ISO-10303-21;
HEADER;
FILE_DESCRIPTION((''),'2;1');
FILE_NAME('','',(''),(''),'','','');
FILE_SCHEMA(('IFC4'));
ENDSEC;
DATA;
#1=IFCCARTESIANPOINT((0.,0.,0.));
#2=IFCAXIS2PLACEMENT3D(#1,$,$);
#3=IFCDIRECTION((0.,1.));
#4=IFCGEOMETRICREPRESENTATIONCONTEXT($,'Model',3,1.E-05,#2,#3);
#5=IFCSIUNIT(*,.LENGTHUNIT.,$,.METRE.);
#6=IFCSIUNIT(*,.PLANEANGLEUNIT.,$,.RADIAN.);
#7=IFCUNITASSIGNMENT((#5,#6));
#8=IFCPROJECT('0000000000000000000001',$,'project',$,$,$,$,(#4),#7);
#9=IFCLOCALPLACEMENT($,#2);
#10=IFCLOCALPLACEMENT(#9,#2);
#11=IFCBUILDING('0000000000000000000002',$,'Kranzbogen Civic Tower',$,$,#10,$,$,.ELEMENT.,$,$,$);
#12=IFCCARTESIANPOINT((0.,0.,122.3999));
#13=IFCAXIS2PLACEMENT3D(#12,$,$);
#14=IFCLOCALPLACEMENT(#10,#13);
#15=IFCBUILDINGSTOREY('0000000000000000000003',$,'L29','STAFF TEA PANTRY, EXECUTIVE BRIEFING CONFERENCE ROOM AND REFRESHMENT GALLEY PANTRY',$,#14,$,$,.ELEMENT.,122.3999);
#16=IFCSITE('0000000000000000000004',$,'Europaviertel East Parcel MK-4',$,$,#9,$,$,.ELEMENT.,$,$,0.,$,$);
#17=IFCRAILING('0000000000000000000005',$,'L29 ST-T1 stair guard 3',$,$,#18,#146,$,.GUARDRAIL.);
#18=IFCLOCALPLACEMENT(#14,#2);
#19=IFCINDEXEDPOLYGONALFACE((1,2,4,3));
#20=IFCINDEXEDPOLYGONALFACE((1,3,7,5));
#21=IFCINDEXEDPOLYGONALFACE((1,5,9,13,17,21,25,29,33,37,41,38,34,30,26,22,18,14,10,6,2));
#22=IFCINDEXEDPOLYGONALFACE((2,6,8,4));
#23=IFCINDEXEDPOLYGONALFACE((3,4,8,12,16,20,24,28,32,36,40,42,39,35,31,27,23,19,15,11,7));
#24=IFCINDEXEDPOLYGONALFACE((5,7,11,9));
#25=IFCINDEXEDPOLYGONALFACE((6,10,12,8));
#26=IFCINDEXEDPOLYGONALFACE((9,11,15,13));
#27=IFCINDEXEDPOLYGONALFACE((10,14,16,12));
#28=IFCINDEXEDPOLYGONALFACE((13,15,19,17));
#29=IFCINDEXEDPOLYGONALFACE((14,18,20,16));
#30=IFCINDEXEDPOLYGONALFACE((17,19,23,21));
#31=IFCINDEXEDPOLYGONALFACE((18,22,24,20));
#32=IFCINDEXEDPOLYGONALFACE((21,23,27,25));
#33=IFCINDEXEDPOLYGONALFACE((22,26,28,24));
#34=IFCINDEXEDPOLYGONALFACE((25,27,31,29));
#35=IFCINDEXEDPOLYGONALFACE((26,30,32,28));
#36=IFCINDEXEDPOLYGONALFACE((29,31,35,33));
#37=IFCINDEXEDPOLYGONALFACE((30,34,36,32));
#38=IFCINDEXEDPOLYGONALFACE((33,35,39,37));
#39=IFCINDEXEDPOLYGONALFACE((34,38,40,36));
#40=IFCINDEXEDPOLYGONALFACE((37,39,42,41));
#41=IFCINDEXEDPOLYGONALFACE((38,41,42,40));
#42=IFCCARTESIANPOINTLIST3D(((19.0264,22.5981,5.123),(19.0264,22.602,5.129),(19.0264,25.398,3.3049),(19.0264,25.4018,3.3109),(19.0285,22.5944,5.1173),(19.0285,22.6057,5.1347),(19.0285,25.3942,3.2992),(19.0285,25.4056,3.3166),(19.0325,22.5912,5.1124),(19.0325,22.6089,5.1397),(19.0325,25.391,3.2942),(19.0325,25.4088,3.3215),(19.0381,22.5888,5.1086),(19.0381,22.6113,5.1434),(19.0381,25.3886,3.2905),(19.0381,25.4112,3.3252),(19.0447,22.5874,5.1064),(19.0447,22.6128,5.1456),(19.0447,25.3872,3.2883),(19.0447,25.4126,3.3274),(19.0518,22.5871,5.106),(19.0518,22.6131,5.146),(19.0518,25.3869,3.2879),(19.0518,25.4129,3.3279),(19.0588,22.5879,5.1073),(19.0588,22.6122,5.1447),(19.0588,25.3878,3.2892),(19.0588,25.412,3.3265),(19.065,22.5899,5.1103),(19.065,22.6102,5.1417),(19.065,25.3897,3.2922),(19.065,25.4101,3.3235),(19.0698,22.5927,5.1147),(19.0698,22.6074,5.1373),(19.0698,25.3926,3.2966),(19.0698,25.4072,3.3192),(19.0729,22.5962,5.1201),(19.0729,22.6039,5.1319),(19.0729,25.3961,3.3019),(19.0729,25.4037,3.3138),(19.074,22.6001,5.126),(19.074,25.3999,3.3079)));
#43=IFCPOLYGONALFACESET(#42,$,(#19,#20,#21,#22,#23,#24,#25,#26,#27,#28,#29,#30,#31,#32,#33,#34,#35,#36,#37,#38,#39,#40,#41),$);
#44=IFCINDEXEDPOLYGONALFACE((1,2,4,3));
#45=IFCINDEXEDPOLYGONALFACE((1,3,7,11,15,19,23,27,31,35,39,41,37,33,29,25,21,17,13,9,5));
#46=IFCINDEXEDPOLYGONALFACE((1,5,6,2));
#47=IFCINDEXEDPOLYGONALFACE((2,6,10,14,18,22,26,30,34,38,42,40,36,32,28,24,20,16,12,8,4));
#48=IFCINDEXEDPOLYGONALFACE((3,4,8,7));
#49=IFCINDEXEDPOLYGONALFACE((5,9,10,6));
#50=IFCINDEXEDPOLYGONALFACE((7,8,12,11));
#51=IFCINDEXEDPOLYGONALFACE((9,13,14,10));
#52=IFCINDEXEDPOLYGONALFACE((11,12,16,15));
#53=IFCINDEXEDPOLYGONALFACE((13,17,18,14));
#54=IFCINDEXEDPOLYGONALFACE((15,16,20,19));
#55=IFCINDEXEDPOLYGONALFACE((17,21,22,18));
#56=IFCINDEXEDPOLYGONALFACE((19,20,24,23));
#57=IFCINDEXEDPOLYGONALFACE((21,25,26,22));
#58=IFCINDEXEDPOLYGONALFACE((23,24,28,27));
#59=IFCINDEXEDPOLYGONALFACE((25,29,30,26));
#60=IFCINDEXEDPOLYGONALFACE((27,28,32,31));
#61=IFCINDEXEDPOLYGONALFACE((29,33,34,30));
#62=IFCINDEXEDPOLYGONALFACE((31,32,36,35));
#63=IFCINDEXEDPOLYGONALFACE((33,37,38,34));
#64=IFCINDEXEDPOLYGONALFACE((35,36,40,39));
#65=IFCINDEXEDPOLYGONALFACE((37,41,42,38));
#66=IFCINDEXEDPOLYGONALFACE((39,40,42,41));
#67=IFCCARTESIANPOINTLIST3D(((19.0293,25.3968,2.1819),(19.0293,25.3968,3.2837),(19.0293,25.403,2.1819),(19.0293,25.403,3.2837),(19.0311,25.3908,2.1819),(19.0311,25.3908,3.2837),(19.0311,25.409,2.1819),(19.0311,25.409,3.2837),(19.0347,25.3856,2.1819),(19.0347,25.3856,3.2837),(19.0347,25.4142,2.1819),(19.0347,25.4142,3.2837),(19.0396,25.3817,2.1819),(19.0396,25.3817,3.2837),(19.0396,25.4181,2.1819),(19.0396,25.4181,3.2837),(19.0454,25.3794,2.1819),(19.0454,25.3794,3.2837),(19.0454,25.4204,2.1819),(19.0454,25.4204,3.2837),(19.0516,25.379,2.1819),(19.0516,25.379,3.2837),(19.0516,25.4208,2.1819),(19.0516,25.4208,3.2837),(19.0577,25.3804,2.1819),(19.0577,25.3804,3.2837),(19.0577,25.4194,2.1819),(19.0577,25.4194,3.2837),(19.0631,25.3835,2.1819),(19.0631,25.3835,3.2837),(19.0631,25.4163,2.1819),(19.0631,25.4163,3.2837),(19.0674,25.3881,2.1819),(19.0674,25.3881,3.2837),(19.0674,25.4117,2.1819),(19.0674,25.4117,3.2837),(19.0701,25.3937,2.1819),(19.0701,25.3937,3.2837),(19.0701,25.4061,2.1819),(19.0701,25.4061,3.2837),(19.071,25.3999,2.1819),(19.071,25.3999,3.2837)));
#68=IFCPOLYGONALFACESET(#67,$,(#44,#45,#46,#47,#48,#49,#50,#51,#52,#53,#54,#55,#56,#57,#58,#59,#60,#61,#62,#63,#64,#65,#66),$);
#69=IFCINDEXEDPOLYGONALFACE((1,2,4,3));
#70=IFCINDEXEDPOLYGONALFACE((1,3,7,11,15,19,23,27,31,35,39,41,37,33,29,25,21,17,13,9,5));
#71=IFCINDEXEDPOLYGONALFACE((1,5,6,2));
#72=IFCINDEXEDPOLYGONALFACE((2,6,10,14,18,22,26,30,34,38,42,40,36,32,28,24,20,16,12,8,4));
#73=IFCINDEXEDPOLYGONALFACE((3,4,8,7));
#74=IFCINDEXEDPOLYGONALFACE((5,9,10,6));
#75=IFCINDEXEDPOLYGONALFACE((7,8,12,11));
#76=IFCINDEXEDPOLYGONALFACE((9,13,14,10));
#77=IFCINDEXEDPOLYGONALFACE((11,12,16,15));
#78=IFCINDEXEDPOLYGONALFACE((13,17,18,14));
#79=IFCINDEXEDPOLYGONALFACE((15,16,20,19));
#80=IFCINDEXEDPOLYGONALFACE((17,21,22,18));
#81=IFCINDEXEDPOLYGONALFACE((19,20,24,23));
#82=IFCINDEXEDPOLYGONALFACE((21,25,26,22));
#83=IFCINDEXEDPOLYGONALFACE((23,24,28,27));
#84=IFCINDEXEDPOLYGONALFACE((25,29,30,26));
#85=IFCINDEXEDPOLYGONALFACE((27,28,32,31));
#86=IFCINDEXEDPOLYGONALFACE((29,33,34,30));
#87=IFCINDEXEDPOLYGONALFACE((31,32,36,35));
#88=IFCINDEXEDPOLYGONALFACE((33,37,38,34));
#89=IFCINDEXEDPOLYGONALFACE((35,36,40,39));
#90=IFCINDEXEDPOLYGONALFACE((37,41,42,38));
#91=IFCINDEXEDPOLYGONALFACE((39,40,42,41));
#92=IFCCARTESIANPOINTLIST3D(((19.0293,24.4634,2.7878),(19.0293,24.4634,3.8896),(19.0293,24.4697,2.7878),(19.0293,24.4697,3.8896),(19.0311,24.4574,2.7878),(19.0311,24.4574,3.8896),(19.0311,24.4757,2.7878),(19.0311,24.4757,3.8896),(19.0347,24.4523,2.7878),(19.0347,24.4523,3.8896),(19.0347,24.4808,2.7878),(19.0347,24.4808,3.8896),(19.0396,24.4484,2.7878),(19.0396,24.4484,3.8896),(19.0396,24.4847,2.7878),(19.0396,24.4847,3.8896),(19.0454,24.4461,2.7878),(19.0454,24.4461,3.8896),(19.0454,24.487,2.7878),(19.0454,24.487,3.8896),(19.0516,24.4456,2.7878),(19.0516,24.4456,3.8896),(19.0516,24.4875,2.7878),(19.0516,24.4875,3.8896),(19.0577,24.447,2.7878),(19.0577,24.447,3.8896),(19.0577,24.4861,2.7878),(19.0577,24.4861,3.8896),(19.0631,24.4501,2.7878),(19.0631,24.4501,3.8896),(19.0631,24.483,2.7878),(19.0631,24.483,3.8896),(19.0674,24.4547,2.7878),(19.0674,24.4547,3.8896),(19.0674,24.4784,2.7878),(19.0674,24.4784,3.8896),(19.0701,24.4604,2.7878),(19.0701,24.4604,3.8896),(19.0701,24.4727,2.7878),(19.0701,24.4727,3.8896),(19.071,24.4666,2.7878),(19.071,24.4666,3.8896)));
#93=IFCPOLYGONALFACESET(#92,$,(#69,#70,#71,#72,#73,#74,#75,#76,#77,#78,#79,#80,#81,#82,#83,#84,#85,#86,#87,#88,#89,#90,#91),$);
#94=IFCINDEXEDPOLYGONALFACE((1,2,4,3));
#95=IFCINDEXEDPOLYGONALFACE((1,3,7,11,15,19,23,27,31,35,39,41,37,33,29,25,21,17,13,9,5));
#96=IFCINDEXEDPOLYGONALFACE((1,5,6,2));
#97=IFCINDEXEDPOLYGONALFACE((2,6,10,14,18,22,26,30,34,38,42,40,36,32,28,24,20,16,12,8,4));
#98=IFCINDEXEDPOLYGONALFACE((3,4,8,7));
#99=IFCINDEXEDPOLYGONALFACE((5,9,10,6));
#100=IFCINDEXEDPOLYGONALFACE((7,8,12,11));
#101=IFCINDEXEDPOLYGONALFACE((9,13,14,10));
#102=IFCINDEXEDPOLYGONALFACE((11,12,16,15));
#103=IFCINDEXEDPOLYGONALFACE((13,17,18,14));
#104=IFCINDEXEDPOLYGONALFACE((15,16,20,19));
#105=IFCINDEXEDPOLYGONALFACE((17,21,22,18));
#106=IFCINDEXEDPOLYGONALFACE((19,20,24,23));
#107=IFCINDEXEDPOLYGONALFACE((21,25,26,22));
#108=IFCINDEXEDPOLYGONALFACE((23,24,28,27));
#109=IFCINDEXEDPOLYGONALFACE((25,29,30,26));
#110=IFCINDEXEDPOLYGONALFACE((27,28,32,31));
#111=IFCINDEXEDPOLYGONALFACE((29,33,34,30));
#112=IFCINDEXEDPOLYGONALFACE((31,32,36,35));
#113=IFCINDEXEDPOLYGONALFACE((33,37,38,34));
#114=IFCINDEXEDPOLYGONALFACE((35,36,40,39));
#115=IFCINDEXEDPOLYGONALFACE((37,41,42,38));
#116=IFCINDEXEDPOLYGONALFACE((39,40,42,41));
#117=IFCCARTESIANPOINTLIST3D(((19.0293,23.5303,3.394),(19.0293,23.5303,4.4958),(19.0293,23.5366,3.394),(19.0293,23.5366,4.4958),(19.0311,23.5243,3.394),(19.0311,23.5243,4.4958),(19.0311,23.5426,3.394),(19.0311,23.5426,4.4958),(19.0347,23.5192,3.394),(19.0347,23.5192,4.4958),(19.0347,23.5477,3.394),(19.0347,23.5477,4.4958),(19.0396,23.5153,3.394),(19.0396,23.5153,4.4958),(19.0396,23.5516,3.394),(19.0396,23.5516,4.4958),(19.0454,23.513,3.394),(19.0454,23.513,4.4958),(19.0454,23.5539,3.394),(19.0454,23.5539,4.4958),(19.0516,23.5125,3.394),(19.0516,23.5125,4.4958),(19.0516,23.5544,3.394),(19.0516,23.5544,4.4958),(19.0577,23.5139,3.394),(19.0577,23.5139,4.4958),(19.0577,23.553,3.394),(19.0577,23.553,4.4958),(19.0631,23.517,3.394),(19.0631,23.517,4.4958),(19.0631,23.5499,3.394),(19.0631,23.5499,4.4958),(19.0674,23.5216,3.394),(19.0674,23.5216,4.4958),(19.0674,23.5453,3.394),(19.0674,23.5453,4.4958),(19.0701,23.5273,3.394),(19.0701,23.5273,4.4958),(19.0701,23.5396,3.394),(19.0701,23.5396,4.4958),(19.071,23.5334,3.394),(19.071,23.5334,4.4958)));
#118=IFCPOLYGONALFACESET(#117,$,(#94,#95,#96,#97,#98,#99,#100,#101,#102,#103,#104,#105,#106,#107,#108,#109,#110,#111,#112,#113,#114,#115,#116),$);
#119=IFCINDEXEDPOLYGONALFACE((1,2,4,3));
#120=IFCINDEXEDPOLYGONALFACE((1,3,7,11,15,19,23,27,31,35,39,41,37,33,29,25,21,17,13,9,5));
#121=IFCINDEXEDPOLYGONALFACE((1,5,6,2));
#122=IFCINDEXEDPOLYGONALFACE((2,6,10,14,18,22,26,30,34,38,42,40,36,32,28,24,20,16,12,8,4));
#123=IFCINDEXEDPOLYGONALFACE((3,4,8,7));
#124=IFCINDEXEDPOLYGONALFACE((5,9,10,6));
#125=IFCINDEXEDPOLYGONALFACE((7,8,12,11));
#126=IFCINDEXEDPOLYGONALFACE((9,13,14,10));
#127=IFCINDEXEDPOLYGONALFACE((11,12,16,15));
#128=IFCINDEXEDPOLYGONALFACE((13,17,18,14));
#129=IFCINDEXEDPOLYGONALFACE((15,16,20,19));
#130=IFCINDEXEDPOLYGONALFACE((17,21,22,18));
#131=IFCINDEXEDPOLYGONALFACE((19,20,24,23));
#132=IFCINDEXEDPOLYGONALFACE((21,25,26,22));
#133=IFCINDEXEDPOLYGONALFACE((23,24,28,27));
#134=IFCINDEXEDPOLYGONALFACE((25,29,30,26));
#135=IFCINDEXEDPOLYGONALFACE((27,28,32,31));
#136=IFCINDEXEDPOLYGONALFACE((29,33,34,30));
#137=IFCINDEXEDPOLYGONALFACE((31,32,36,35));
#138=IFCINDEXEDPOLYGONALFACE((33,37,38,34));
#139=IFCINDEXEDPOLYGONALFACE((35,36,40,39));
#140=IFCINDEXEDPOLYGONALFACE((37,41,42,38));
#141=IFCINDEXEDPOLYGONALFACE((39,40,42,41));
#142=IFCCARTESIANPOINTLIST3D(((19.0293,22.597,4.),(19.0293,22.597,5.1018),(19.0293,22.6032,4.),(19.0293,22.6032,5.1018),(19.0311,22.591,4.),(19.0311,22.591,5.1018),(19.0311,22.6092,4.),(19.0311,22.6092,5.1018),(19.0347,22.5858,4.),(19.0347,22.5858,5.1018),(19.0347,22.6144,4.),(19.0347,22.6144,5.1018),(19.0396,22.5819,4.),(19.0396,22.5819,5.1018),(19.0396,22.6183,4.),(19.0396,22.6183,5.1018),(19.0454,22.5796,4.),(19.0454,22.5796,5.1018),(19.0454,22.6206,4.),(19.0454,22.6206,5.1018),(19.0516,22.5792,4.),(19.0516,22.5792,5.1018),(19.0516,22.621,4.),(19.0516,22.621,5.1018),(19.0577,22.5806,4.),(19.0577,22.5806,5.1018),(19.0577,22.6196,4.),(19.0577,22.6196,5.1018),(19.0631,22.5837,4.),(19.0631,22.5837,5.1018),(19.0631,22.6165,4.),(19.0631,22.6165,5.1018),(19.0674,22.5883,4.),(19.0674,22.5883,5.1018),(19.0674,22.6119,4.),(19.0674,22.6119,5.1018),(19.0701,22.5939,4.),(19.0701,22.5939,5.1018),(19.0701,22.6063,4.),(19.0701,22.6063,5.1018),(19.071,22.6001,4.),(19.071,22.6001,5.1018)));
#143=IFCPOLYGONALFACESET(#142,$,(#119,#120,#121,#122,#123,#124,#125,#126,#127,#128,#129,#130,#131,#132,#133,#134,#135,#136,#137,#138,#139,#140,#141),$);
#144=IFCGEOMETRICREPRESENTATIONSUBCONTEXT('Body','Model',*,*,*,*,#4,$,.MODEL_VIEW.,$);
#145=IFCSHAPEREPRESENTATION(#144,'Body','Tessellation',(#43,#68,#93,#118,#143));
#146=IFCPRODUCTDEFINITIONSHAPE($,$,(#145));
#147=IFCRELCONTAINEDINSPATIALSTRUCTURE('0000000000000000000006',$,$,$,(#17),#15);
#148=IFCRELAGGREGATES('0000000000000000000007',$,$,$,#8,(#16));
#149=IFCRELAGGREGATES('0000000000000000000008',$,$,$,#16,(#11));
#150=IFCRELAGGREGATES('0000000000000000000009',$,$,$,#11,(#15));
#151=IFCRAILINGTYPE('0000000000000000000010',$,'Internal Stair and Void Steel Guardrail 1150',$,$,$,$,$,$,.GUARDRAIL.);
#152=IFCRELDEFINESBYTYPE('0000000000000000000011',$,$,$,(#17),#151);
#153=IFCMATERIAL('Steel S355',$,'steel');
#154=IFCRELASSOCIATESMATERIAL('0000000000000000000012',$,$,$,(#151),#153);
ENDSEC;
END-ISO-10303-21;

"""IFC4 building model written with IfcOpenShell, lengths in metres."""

from ifc_helpers import new_model, si_unit, direction, frame, origin, origin_2d, place, context, subcontext, project, spatial, circle, extrude, material, type_object, element, save


model = new_model("IFC4")

# Units and contexts
model_context = context("Model", 3, precision=1e-05, world=origin(), true_north=direction((0.0, 1.0)))
body_context = subcontext(model_context, "Body", "Model", "MODEL_VIEW")
ifc_project = project(units=[si_unit("LENGTHUNIT", "METRE"), si_unit("PLANEANGLEUNIT", "RADIAN")], contexts=[model_context])

# Site, building, storey
site_placement = place(None, origin())
site = spatial("IfcSite", under=ifc_project, at=site_placement, Name="Europaviertel East Parcel MK-4", CompositionType="ELEMENT", RefElevation=0.0)
building_placement = place(site_placement, origin())
building = spatial("IfcBuilding", under=site, at=building_placement, Name="Kranzbogen Civic Tower", CompositionType="ELEMENT")
storey_placement = place(building_placement, frame((0.0, 0.0, 122.3999)))
storey = spatial("IfcBuildingStorey", under=building, at=storey_placement, Name="L29", Description="STAFF TEA PANTRY, EXECUTIVE BRIEFING CONFERENCE ROOM AND REFRESHMENT GALLEY PANTRY", CompositionType="ELEMENT", Elevation=122.3999)

# Shared definitions
ifc_material_1 = material(Name="Steel S355", Category="steel")

# Railing
railing_type_1 = type_object("IfcRailingType", Name="Internal Stair and Void Steel Guardrail 1150", PredefinedType="GUARDRAIL", material=ifc_material_1)
railing_1_placement = place(storey_placement, frame((19.05, 25.3999, 2.1819)))
element("IfcRailing", 1, at=railing_1_placement, inside=storey, type_object=railing_type_1, Name="L29 ST-T1 stair guard 3", PredefinedType="GUARDRAIL", context=body_context, shape_type="SweptSolid", body=[
    extrude(circle(Radius=0.0239, at=origin_2d()), frame((0.0, 0.0, 1.126), z_axis=(0.0, -0.838684, 0.544618), x_axis=(1.0, 0.0, 0.0)), (0.0, 0.0, 1.0), 3.3384),
    extrude(circle(Radius=0.021, at=origin_2d()), origin(), (0.0, 0.0, 1.0), 1.1018),
    extrude(circle(Radius=0.021, at=origin_2d()), frame((0.0, -0.9333, 0.606)), (0.0, 0.0, 1.0), 1.1018),
    extrude(circle(Radius=0.021, at=origin_2d()), frame((0.0, -1.8665, 1.2122)), (0.0, 0.0, 1.0), 1.1018),
    extrude(circle(Radius=0.021, at=origin_2d()), frame((0.0, -2.7998, 1.8181)), (0.0, 0.0, 1.0), 1.1018),
])

save(model, "model.ifc")
